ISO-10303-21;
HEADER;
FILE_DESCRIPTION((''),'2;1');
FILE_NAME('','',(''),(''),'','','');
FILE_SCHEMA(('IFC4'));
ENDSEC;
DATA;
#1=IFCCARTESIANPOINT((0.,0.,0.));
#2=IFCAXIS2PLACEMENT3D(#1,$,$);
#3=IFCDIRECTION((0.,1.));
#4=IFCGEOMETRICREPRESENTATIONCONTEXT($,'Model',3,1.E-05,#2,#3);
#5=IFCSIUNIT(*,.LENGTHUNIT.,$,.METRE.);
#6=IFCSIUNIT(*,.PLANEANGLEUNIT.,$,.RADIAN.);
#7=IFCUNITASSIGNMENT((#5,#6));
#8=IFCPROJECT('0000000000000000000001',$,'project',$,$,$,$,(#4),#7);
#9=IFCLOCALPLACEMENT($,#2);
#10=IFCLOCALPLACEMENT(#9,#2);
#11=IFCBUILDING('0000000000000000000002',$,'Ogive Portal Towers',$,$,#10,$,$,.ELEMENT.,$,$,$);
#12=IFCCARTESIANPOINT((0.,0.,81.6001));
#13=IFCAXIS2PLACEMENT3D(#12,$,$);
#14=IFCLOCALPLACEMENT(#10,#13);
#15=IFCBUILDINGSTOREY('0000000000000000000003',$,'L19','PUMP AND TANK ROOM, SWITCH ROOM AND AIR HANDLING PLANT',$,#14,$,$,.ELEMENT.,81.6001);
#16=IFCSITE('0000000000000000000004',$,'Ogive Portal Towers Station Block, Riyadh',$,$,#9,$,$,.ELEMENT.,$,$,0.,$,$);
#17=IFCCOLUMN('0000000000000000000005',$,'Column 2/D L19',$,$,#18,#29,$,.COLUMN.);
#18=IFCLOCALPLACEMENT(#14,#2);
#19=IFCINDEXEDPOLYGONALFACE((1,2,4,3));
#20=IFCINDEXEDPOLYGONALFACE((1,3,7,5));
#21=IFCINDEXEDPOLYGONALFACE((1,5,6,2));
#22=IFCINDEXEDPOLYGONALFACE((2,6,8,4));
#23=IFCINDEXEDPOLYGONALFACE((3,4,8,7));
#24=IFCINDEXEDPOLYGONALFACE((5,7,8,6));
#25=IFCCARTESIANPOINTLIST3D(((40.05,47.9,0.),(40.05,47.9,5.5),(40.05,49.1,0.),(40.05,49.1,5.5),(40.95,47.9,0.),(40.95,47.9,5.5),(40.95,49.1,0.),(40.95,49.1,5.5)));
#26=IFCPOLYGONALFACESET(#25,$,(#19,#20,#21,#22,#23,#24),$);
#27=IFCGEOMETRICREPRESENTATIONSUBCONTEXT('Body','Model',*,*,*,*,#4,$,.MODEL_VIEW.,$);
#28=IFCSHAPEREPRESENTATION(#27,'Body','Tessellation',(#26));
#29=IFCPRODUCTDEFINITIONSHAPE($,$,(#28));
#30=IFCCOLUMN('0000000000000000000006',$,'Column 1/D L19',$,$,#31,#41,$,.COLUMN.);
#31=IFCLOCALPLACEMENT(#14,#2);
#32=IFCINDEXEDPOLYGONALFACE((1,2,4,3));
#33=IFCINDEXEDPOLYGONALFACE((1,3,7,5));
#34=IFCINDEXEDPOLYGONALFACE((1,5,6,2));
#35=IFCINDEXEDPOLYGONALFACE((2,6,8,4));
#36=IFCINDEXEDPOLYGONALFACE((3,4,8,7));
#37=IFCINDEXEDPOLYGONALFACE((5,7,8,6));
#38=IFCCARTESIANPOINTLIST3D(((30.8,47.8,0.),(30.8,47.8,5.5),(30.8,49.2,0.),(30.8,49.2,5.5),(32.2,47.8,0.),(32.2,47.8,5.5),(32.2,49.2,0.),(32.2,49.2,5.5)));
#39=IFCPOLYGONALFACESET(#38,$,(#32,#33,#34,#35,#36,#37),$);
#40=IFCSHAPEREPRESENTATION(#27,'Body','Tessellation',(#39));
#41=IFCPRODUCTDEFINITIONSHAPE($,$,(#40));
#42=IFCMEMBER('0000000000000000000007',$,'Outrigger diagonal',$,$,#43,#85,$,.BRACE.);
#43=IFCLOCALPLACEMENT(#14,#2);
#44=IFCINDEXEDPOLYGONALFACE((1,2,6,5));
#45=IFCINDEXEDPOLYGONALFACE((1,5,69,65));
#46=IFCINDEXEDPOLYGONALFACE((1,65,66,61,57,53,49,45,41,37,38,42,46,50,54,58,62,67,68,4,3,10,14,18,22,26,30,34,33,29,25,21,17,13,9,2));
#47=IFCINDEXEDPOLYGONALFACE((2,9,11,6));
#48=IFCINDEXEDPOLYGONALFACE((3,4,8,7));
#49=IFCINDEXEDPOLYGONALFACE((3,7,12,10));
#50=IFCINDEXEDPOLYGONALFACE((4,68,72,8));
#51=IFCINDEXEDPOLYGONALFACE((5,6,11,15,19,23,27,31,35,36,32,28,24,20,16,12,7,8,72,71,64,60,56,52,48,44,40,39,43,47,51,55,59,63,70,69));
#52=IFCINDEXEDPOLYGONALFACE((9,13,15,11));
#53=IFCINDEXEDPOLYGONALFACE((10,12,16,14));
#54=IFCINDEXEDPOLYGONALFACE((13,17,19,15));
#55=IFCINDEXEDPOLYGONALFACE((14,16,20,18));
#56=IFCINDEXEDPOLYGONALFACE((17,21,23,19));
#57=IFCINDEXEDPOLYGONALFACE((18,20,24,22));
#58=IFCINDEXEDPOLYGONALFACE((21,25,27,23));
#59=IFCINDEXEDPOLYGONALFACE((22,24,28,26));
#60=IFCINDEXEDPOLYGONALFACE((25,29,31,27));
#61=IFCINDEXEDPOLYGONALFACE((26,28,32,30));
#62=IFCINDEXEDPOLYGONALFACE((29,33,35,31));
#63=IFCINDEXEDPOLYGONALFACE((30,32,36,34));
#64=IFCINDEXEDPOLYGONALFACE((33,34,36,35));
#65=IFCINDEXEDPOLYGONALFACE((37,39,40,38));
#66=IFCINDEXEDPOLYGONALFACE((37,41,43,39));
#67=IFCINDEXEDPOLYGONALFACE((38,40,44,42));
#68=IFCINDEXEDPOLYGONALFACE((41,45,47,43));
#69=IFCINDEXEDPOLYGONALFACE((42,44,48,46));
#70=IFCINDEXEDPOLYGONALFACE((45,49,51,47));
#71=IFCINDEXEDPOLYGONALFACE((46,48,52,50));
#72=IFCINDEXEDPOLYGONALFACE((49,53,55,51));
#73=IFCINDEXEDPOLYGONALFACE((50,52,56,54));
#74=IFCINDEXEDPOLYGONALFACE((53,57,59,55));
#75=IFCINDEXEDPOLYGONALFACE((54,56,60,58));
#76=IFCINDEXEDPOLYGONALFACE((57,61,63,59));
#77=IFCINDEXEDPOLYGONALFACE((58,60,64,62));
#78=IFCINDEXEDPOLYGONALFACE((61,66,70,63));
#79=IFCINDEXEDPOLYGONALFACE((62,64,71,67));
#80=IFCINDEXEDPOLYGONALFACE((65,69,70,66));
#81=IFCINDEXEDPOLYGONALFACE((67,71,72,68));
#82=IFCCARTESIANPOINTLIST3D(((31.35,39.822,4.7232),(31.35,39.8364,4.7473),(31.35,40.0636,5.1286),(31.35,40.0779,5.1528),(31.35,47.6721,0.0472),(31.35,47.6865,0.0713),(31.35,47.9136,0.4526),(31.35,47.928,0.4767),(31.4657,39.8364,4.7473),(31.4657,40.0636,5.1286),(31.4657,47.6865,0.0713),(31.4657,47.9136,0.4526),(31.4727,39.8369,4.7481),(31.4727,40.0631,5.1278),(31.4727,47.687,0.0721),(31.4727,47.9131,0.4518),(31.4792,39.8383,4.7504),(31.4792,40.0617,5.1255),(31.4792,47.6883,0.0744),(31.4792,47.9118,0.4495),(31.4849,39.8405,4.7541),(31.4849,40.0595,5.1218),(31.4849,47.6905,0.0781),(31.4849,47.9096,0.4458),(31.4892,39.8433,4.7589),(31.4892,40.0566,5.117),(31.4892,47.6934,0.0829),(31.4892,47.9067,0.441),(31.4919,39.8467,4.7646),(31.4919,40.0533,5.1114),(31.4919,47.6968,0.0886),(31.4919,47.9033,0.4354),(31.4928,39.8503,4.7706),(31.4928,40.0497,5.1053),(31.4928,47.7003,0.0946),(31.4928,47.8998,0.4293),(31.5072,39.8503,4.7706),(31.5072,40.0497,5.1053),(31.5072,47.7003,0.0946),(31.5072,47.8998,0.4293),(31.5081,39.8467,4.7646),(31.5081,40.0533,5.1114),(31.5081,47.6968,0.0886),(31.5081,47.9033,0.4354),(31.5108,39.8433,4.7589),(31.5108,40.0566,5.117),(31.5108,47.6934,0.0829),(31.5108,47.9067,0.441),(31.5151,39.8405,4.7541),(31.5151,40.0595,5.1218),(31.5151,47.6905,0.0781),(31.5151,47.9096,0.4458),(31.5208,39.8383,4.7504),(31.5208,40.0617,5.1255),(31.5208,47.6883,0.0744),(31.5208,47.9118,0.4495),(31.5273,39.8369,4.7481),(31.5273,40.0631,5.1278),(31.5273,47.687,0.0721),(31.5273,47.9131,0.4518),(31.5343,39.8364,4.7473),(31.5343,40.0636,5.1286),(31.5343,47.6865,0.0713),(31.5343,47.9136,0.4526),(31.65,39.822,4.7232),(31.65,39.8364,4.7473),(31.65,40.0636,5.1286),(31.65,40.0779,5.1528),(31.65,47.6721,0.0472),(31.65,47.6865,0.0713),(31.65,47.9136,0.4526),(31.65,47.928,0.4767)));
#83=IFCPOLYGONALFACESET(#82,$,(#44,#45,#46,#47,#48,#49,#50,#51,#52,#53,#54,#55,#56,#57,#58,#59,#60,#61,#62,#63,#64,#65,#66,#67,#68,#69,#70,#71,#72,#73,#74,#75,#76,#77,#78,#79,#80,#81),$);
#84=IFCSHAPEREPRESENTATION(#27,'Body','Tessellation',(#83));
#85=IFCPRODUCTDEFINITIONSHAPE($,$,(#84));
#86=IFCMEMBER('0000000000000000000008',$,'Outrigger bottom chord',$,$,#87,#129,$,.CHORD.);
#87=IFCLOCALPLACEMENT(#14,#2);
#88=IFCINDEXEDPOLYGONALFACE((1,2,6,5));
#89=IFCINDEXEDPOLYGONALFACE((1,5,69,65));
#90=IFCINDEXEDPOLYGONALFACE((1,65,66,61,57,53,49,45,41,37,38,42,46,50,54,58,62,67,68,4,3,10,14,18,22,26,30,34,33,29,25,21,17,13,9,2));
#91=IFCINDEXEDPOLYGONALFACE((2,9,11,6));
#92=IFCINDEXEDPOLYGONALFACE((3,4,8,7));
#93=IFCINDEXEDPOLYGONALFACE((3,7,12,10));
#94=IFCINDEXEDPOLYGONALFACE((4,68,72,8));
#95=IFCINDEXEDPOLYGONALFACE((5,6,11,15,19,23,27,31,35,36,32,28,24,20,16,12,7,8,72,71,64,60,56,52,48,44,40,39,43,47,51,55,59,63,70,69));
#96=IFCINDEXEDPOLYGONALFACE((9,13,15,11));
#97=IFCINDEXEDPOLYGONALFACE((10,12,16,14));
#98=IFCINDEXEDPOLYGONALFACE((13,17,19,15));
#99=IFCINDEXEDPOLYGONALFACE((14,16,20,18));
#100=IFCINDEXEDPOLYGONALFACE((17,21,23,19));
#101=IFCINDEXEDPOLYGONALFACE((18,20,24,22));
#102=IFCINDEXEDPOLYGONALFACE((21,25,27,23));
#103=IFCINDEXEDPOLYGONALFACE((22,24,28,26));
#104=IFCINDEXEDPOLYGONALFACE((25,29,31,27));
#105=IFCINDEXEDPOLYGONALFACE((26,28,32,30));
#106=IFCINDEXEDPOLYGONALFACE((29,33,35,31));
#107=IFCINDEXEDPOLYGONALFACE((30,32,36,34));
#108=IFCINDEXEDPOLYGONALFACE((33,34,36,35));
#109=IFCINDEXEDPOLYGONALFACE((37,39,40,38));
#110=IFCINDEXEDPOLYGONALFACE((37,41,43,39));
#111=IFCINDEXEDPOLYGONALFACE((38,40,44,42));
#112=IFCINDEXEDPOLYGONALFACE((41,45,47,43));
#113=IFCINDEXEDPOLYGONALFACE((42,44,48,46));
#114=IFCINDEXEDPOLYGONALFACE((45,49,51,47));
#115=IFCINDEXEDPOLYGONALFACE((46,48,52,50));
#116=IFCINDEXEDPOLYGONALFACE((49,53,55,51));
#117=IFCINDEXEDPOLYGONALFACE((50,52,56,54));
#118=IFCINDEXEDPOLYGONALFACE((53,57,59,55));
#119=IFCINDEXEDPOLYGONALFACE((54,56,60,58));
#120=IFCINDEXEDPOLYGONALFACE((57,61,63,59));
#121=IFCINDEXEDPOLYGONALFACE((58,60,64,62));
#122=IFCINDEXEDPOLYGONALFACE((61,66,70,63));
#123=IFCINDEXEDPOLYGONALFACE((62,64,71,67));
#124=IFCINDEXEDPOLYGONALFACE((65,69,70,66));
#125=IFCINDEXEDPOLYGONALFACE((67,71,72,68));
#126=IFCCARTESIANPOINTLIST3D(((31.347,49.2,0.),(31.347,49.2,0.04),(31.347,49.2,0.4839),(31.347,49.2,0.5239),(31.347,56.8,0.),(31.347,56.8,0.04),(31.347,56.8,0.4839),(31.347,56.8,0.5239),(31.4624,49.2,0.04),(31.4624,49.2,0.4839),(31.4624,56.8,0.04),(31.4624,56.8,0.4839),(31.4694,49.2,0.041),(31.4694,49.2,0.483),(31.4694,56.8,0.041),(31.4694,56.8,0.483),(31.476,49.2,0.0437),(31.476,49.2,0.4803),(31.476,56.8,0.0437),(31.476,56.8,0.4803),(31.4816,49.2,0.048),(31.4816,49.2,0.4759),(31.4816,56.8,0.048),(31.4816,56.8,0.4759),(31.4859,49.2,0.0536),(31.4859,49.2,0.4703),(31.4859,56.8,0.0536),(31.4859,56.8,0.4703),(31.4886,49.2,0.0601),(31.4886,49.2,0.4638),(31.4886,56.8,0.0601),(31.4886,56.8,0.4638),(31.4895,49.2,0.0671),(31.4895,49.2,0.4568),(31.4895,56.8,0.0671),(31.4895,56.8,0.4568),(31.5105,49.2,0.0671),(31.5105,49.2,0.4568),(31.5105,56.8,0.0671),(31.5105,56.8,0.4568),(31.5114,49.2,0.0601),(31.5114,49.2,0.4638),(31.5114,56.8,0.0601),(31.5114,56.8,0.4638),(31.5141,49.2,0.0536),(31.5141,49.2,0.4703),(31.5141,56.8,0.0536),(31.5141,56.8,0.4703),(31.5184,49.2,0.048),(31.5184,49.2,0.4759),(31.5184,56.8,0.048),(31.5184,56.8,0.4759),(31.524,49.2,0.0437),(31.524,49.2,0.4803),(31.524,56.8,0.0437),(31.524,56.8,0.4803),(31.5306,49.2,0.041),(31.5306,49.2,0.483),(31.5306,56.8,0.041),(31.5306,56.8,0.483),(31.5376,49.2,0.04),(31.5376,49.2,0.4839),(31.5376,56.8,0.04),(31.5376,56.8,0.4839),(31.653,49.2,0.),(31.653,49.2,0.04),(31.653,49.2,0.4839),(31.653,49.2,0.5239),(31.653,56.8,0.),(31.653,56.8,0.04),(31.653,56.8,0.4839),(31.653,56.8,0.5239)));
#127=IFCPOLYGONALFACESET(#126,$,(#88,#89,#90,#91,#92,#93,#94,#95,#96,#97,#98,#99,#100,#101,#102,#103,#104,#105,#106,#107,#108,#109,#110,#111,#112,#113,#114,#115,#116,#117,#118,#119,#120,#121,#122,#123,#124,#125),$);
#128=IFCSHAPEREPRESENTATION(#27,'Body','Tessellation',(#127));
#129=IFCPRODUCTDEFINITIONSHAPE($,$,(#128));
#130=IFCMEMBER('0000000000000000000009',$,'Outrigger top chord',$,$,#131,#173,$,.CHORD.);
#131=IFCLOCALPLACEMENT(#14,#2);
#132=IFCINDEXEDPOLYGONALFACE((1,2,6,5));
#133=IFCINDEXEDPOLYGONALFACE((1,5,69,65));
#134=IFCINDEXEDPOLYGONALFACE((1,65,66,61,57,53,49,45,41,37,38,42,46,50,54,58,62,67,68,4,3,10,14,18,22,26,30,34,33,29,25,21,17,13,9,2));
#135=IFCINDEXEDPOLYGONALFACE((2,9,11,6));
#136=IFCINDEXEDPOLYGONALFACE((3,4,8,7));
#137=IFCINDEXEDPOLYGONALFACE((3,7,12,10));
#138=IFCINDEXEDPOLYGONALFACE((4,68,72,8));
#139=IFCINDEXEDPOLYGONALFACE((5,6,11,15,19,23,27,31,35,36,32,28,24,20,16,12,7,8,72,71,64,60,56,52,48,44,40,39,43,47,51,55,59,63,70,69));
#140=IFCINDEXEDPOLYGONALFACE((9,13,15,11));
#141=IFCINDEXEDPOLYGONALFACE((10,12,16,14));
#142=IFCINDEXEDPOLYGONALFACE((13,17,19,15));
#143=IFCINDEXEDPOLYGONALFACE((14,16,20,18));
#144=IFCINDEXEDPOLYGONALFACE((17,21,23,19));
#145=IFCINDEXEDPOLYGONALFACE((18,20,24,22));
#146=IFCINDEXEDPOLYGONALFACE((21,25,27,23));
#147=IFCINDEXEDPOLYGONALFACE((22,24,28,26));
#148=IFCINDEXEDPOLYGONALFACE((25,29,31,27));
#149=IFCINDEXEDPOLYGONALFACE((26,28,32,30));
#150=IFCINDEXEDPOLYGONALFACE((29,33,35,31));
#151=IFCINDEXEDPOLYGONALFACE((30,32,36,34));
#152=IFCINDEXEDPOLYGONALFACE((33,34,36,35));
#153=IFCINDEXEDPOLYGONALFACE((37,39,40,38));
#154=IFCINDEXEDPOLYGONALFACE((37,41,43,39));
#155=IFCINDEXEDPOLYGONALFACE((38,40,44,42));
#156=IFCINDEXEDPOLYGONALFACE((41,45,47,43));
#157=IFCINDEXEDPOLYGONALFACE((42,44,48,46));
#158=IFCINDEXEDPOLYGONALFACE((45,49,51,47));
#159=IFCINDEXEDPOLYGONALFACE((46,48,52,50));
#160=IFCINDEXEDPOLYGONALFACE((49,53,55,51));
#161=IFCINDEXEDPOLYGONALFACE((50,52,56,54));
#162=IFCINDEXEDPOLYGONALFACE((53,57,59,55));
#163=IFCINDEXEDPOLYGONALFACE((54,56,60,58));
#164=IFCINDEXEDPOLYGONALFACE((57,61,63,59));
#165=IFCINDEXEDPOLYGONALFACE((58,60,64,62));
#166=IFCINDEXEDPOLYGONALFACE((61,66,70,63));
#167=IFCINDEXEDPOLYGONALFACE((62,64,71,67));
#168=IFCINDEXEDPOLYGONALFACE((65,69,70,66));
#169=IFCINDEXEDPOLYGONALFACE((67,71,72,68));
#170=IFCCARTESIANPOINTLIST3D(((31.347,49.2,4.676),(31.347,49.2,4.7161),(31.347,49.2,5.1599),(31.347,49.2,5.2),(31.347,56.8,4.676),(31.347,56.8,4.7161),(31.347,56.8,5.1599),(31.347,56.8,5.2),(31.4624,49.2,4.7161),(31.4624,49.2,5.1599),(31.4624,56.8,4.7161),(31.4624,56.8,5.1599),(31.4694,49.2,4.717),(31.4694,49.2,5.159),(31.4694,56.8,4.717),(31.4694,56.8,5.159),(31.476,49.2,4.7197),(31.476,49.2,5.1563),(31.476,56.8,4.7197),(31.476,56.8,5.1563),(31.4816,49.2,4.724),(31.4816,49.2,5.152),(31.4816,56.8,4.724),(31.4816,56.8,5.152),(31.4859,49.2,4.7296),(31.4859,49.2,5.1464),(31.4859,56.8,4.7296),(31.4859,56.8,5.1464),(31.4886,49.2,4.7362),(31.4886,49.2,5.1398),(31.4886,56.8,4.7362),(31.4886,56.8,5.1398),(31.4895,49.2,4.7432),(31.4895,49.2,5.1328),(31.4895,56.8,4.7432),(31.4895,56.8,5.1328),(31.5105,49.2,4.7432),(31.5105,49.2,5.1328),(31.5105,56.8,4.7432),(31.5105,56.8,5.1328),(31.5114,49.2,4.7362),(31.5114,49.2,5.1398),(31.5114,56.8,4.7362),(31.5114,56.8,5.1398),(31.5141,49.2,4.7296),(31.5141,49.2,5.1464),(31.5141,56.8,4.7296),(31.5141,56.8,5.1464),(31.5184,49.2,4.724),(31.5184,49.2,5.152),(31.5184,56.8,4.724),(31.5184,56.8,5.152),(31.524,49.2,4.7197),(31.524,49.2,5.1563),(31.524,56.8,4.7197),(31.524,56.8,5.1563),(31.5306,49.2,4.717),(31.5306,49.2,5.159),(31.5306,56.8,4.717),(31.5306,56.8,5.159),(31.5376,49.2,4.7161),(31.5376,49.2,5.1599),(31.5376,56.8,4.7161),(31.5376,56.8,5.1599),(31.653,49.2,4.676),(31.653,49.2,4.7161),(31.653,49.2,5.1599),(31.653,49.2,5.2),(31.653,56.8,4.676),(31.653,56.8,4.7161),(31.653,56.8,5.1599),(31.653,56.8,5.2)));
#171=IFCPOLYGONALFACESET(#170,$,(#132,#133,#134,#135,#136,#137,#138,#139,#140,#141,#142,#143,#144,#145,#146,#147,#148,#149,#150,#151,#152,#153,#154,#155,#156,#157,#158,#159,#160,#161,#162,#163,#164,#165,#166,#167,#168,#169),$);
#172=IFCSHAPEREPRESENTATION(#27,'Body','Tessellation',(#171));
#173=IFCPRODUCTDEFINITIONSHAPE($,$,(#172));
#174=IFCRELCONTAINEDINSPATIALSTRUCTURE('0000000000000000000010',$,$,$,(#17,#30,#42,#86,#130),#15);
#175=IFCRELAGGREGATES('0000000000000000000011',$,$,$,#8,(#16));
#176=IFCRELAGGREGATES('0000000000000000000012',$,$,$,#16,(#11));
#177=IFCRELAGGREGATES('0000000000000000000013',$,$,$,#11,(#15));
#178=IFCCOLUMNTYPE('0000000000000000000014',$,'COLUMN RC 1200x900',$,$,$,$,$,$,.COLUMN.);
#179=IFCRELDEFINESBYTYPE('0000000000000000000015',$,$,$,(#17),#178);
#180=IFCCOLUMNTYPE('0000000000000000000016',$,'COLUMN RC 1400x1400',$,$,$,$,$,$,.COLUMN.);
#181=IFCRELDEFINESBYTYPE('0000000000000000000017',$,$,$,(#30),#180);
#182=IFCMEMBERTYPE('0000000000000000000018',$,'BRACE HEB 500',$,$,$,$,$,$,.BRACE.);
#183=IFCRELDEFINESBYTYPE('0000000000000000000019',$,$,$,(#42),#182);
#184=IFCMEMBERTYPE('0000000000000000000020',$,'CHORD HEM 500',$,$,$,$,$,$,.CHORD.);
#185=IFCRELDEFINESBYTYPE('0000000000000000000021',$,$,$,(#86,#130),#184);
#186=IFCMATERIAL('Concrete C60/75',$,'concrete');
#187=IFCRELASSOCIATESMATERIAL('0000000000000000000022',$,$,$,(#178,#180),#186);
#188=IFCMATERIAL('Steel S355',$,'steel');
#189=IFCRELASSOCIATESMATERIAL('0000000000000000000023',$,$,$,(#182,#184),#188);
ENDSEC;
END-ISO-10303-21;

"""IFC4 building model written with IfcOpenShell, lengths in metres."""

from ifc_helpers import new_model, si_unit, direction, frame, origin, origin_2d, place, context, subcontext, project, spatial, rectangle, i_section, extrude, material, material_profile, profile_set, type_object, element, save


model = new_model("IFC4")

# Units and contexts
model_context = context("Model", 3, precision=1e-05, world=origin(), true_north=direction((0.0, 1.0)))
body_context = subcontext(model_context, "Body", "Model", "MODEL_VIEW")
ifc_project = project(units=[si_unit("LENGTHUNIT", "METRE"), si_unit("PLANEANGLEUNIT", "RADIAN")], contexts=[model_context])

# Site, building, storey
site_placement = place(None, origin())
site = spatial("IfcSite", under=ifc_project, at=site_placement, Name="Ogive Portal Towers Station Block, Riyadh", CompositionType="ELEMENT", RefElevation=0.0)
building_placement = place(site_placement, origin())
building = spatial("IfcBuilding", under=site, at=building_placement, Name="Ogive Portal Towers", CompositionType="ELEMENT")
storey_placement = place(building_placement, frame((0.0, 0.0, 81.6001)))
storey = spatial("IfcBuildingStorey", under=building, at=storey_placement, Name="L19", Description="PUMP AND TANK ROOM, SWITCH ROOM AND AIR HANDLING PLANT", CompositionType="ELEMENT", Elevation=81.6001)

# Columns
ifc_material_1 = material(Name="Concrete C60/75", Category="concrete")
ifc_material_profile_1 = material_profile(ifc_material_1, rectangle(XDim=1.2, YDim=0.8999, at=origin_2d()), Name="RC 1200x900")
ifc_profile_set_1 = profile_set([ifc_material_profile_1], Name="Concrete C60/75")
column_type_1 = type_object("IfcColumnType", Name="COLUMN RC 1200x900", PredefinedType="COLUMN", material=ifc_profile_set_1)
column_1_placement = place(storey_placement, frame((40.5, 48.5, 0.0), z_axis=(0.0, 0.0, 1.0), x_axis=(0.0, 1.0, 0.0)))
element("IfcColumn", 1, at=column_1_placement, inside=storey, type_object=column_type_1, Name="Column 2/D L19", PredefinedType="COLUMN", context=body_context, shape_type="SweptSolid", body=[
    extrude(rectangle(XDim=1.2, YDim=0.8999, at=origin_2d()), origin(), (0.0, 0.0, 1.0), 5.5),
])
ifc_material_profile_2 = material_profile(ifc_material_1, rectangle(XDim=1.3999, YDim=1.3999, at=origin_2d()), Name="RC 1400x1400")
ifc_profile_set_2 = profile_set([ifc_material_profile_2], Name="Concrete C60/75")
column_type_2 = type_object("IfcColumnType", Name="COLUMN RC 1400x1400", PredefinedType="COLUMN", material=ifc_profile_set_2)
column_2_placement = place(storey_placement, frame((31.5, 48.5, 0.0), z_axis=(0.0, 0.0, 1.0), x_axis=(1.0, 0.0, 0.0)))
element("IfcColumn", 2, at=column_2_placement, inside=storey, type_object=column_type_2, Name="Column 1/D L19", PredefinedType="COLUMN", context=body_context, shape_type="SweptSolid", body=[
    extrude(rectangle(XDim=1.3999, YDim=1.3999, at=origin_2d()), origin(), (0.0, 0.0, 1.0), 5.5),
])

# Members
ifc_material_2 = material(Name="Steel S355", Category="steel")
ifc_material_profile_3 = material_profile(ifc_material_2, i_section(OverallWidth=0.3, OverallDepth=0.5, WebThickness=0.0144, FlangeThickness=0.0281, FilletRadius=0.0271, at=origin_2d()), Name="HEB 500")
ifc_profile_set_3 = profile_set([ifc_material_profile_3], Name="Steel S355")
member_type_1 = type_object("IfcMemberType", Name="BRACE HEB 500", PredefinedType="BRACE", material=ifc_profile_set_3)
member_placement = place(storey_placement, frame((31.5, 47.8, 0.262), z_axis=(0.0, -0.859132, 0.511754), x_axis=(1.0, 0.0, 0.0)))
element("IfcMember", 3, at=member_placement, inside=storey, type_object=member_type_1, Name="Outrigger diagonal", PredefinedType="BRACE", context=body_context, shape_type="SweptSolid", body=[
    extrude(i_section(OverallWidth=0.3, OverallDepth=0.5, WebThickness=0.0144, FlangeThickness=0.0281, FilletRadius=0.0271, at=origin_2d()), origin(), (0.0, 0.0, 1.0), 9.1372),
])
ifc_material_profile_4 = material_profile(ifc_material_2, i_section(OverallWidth=0.3059, OverallDepth=0.5239, WebThickness=0.021, FlangeThickness=0.04, FilletRadius=0.0271, at=origin_2d()), Name="HEM 500")
ifc_profile_set_4 = profile_set([ifc_material_profile_4], Name="Steel S355")
member_type_2 = type_object("IfcMemberType", Name="CHORD HEM 500", PredefinedType="CHORD", material=ifc_profile_set_4)
for number, where, z_axis, x_axis, name in (
    (4, (31.5, 56.8, 0.262), (0.0, -1.0, 0.0), (1.0, 0.0, 0.0), "Outrigger bottom chord"),
    (5, (31.5, 56.8, 4.938), (0.0, -1.0, 0.0), (1.0, 0.0, 0.0), "Outrigger top chord"),
):
    element("IfcMember", number, at=place(storey_placement, frame(where, z_axis=z_axis, x_axis=x_axis)), inside=storey, type_object=member_type_2, Name=name, PredefinedType="CHORD", context=body_context, shape_type="SweptSolid", body=[
        extrude(i_section(OverallWidth=0.3059, OverallDepth=0.5239, WebThickness=0.021, FlangeThickness=0.04, FilletRadius=0.0271, at=origin_2d()), origin(), (0.0, 0.0, 1.0), 7.6001),
    ])

save(model, "model.ifc")
